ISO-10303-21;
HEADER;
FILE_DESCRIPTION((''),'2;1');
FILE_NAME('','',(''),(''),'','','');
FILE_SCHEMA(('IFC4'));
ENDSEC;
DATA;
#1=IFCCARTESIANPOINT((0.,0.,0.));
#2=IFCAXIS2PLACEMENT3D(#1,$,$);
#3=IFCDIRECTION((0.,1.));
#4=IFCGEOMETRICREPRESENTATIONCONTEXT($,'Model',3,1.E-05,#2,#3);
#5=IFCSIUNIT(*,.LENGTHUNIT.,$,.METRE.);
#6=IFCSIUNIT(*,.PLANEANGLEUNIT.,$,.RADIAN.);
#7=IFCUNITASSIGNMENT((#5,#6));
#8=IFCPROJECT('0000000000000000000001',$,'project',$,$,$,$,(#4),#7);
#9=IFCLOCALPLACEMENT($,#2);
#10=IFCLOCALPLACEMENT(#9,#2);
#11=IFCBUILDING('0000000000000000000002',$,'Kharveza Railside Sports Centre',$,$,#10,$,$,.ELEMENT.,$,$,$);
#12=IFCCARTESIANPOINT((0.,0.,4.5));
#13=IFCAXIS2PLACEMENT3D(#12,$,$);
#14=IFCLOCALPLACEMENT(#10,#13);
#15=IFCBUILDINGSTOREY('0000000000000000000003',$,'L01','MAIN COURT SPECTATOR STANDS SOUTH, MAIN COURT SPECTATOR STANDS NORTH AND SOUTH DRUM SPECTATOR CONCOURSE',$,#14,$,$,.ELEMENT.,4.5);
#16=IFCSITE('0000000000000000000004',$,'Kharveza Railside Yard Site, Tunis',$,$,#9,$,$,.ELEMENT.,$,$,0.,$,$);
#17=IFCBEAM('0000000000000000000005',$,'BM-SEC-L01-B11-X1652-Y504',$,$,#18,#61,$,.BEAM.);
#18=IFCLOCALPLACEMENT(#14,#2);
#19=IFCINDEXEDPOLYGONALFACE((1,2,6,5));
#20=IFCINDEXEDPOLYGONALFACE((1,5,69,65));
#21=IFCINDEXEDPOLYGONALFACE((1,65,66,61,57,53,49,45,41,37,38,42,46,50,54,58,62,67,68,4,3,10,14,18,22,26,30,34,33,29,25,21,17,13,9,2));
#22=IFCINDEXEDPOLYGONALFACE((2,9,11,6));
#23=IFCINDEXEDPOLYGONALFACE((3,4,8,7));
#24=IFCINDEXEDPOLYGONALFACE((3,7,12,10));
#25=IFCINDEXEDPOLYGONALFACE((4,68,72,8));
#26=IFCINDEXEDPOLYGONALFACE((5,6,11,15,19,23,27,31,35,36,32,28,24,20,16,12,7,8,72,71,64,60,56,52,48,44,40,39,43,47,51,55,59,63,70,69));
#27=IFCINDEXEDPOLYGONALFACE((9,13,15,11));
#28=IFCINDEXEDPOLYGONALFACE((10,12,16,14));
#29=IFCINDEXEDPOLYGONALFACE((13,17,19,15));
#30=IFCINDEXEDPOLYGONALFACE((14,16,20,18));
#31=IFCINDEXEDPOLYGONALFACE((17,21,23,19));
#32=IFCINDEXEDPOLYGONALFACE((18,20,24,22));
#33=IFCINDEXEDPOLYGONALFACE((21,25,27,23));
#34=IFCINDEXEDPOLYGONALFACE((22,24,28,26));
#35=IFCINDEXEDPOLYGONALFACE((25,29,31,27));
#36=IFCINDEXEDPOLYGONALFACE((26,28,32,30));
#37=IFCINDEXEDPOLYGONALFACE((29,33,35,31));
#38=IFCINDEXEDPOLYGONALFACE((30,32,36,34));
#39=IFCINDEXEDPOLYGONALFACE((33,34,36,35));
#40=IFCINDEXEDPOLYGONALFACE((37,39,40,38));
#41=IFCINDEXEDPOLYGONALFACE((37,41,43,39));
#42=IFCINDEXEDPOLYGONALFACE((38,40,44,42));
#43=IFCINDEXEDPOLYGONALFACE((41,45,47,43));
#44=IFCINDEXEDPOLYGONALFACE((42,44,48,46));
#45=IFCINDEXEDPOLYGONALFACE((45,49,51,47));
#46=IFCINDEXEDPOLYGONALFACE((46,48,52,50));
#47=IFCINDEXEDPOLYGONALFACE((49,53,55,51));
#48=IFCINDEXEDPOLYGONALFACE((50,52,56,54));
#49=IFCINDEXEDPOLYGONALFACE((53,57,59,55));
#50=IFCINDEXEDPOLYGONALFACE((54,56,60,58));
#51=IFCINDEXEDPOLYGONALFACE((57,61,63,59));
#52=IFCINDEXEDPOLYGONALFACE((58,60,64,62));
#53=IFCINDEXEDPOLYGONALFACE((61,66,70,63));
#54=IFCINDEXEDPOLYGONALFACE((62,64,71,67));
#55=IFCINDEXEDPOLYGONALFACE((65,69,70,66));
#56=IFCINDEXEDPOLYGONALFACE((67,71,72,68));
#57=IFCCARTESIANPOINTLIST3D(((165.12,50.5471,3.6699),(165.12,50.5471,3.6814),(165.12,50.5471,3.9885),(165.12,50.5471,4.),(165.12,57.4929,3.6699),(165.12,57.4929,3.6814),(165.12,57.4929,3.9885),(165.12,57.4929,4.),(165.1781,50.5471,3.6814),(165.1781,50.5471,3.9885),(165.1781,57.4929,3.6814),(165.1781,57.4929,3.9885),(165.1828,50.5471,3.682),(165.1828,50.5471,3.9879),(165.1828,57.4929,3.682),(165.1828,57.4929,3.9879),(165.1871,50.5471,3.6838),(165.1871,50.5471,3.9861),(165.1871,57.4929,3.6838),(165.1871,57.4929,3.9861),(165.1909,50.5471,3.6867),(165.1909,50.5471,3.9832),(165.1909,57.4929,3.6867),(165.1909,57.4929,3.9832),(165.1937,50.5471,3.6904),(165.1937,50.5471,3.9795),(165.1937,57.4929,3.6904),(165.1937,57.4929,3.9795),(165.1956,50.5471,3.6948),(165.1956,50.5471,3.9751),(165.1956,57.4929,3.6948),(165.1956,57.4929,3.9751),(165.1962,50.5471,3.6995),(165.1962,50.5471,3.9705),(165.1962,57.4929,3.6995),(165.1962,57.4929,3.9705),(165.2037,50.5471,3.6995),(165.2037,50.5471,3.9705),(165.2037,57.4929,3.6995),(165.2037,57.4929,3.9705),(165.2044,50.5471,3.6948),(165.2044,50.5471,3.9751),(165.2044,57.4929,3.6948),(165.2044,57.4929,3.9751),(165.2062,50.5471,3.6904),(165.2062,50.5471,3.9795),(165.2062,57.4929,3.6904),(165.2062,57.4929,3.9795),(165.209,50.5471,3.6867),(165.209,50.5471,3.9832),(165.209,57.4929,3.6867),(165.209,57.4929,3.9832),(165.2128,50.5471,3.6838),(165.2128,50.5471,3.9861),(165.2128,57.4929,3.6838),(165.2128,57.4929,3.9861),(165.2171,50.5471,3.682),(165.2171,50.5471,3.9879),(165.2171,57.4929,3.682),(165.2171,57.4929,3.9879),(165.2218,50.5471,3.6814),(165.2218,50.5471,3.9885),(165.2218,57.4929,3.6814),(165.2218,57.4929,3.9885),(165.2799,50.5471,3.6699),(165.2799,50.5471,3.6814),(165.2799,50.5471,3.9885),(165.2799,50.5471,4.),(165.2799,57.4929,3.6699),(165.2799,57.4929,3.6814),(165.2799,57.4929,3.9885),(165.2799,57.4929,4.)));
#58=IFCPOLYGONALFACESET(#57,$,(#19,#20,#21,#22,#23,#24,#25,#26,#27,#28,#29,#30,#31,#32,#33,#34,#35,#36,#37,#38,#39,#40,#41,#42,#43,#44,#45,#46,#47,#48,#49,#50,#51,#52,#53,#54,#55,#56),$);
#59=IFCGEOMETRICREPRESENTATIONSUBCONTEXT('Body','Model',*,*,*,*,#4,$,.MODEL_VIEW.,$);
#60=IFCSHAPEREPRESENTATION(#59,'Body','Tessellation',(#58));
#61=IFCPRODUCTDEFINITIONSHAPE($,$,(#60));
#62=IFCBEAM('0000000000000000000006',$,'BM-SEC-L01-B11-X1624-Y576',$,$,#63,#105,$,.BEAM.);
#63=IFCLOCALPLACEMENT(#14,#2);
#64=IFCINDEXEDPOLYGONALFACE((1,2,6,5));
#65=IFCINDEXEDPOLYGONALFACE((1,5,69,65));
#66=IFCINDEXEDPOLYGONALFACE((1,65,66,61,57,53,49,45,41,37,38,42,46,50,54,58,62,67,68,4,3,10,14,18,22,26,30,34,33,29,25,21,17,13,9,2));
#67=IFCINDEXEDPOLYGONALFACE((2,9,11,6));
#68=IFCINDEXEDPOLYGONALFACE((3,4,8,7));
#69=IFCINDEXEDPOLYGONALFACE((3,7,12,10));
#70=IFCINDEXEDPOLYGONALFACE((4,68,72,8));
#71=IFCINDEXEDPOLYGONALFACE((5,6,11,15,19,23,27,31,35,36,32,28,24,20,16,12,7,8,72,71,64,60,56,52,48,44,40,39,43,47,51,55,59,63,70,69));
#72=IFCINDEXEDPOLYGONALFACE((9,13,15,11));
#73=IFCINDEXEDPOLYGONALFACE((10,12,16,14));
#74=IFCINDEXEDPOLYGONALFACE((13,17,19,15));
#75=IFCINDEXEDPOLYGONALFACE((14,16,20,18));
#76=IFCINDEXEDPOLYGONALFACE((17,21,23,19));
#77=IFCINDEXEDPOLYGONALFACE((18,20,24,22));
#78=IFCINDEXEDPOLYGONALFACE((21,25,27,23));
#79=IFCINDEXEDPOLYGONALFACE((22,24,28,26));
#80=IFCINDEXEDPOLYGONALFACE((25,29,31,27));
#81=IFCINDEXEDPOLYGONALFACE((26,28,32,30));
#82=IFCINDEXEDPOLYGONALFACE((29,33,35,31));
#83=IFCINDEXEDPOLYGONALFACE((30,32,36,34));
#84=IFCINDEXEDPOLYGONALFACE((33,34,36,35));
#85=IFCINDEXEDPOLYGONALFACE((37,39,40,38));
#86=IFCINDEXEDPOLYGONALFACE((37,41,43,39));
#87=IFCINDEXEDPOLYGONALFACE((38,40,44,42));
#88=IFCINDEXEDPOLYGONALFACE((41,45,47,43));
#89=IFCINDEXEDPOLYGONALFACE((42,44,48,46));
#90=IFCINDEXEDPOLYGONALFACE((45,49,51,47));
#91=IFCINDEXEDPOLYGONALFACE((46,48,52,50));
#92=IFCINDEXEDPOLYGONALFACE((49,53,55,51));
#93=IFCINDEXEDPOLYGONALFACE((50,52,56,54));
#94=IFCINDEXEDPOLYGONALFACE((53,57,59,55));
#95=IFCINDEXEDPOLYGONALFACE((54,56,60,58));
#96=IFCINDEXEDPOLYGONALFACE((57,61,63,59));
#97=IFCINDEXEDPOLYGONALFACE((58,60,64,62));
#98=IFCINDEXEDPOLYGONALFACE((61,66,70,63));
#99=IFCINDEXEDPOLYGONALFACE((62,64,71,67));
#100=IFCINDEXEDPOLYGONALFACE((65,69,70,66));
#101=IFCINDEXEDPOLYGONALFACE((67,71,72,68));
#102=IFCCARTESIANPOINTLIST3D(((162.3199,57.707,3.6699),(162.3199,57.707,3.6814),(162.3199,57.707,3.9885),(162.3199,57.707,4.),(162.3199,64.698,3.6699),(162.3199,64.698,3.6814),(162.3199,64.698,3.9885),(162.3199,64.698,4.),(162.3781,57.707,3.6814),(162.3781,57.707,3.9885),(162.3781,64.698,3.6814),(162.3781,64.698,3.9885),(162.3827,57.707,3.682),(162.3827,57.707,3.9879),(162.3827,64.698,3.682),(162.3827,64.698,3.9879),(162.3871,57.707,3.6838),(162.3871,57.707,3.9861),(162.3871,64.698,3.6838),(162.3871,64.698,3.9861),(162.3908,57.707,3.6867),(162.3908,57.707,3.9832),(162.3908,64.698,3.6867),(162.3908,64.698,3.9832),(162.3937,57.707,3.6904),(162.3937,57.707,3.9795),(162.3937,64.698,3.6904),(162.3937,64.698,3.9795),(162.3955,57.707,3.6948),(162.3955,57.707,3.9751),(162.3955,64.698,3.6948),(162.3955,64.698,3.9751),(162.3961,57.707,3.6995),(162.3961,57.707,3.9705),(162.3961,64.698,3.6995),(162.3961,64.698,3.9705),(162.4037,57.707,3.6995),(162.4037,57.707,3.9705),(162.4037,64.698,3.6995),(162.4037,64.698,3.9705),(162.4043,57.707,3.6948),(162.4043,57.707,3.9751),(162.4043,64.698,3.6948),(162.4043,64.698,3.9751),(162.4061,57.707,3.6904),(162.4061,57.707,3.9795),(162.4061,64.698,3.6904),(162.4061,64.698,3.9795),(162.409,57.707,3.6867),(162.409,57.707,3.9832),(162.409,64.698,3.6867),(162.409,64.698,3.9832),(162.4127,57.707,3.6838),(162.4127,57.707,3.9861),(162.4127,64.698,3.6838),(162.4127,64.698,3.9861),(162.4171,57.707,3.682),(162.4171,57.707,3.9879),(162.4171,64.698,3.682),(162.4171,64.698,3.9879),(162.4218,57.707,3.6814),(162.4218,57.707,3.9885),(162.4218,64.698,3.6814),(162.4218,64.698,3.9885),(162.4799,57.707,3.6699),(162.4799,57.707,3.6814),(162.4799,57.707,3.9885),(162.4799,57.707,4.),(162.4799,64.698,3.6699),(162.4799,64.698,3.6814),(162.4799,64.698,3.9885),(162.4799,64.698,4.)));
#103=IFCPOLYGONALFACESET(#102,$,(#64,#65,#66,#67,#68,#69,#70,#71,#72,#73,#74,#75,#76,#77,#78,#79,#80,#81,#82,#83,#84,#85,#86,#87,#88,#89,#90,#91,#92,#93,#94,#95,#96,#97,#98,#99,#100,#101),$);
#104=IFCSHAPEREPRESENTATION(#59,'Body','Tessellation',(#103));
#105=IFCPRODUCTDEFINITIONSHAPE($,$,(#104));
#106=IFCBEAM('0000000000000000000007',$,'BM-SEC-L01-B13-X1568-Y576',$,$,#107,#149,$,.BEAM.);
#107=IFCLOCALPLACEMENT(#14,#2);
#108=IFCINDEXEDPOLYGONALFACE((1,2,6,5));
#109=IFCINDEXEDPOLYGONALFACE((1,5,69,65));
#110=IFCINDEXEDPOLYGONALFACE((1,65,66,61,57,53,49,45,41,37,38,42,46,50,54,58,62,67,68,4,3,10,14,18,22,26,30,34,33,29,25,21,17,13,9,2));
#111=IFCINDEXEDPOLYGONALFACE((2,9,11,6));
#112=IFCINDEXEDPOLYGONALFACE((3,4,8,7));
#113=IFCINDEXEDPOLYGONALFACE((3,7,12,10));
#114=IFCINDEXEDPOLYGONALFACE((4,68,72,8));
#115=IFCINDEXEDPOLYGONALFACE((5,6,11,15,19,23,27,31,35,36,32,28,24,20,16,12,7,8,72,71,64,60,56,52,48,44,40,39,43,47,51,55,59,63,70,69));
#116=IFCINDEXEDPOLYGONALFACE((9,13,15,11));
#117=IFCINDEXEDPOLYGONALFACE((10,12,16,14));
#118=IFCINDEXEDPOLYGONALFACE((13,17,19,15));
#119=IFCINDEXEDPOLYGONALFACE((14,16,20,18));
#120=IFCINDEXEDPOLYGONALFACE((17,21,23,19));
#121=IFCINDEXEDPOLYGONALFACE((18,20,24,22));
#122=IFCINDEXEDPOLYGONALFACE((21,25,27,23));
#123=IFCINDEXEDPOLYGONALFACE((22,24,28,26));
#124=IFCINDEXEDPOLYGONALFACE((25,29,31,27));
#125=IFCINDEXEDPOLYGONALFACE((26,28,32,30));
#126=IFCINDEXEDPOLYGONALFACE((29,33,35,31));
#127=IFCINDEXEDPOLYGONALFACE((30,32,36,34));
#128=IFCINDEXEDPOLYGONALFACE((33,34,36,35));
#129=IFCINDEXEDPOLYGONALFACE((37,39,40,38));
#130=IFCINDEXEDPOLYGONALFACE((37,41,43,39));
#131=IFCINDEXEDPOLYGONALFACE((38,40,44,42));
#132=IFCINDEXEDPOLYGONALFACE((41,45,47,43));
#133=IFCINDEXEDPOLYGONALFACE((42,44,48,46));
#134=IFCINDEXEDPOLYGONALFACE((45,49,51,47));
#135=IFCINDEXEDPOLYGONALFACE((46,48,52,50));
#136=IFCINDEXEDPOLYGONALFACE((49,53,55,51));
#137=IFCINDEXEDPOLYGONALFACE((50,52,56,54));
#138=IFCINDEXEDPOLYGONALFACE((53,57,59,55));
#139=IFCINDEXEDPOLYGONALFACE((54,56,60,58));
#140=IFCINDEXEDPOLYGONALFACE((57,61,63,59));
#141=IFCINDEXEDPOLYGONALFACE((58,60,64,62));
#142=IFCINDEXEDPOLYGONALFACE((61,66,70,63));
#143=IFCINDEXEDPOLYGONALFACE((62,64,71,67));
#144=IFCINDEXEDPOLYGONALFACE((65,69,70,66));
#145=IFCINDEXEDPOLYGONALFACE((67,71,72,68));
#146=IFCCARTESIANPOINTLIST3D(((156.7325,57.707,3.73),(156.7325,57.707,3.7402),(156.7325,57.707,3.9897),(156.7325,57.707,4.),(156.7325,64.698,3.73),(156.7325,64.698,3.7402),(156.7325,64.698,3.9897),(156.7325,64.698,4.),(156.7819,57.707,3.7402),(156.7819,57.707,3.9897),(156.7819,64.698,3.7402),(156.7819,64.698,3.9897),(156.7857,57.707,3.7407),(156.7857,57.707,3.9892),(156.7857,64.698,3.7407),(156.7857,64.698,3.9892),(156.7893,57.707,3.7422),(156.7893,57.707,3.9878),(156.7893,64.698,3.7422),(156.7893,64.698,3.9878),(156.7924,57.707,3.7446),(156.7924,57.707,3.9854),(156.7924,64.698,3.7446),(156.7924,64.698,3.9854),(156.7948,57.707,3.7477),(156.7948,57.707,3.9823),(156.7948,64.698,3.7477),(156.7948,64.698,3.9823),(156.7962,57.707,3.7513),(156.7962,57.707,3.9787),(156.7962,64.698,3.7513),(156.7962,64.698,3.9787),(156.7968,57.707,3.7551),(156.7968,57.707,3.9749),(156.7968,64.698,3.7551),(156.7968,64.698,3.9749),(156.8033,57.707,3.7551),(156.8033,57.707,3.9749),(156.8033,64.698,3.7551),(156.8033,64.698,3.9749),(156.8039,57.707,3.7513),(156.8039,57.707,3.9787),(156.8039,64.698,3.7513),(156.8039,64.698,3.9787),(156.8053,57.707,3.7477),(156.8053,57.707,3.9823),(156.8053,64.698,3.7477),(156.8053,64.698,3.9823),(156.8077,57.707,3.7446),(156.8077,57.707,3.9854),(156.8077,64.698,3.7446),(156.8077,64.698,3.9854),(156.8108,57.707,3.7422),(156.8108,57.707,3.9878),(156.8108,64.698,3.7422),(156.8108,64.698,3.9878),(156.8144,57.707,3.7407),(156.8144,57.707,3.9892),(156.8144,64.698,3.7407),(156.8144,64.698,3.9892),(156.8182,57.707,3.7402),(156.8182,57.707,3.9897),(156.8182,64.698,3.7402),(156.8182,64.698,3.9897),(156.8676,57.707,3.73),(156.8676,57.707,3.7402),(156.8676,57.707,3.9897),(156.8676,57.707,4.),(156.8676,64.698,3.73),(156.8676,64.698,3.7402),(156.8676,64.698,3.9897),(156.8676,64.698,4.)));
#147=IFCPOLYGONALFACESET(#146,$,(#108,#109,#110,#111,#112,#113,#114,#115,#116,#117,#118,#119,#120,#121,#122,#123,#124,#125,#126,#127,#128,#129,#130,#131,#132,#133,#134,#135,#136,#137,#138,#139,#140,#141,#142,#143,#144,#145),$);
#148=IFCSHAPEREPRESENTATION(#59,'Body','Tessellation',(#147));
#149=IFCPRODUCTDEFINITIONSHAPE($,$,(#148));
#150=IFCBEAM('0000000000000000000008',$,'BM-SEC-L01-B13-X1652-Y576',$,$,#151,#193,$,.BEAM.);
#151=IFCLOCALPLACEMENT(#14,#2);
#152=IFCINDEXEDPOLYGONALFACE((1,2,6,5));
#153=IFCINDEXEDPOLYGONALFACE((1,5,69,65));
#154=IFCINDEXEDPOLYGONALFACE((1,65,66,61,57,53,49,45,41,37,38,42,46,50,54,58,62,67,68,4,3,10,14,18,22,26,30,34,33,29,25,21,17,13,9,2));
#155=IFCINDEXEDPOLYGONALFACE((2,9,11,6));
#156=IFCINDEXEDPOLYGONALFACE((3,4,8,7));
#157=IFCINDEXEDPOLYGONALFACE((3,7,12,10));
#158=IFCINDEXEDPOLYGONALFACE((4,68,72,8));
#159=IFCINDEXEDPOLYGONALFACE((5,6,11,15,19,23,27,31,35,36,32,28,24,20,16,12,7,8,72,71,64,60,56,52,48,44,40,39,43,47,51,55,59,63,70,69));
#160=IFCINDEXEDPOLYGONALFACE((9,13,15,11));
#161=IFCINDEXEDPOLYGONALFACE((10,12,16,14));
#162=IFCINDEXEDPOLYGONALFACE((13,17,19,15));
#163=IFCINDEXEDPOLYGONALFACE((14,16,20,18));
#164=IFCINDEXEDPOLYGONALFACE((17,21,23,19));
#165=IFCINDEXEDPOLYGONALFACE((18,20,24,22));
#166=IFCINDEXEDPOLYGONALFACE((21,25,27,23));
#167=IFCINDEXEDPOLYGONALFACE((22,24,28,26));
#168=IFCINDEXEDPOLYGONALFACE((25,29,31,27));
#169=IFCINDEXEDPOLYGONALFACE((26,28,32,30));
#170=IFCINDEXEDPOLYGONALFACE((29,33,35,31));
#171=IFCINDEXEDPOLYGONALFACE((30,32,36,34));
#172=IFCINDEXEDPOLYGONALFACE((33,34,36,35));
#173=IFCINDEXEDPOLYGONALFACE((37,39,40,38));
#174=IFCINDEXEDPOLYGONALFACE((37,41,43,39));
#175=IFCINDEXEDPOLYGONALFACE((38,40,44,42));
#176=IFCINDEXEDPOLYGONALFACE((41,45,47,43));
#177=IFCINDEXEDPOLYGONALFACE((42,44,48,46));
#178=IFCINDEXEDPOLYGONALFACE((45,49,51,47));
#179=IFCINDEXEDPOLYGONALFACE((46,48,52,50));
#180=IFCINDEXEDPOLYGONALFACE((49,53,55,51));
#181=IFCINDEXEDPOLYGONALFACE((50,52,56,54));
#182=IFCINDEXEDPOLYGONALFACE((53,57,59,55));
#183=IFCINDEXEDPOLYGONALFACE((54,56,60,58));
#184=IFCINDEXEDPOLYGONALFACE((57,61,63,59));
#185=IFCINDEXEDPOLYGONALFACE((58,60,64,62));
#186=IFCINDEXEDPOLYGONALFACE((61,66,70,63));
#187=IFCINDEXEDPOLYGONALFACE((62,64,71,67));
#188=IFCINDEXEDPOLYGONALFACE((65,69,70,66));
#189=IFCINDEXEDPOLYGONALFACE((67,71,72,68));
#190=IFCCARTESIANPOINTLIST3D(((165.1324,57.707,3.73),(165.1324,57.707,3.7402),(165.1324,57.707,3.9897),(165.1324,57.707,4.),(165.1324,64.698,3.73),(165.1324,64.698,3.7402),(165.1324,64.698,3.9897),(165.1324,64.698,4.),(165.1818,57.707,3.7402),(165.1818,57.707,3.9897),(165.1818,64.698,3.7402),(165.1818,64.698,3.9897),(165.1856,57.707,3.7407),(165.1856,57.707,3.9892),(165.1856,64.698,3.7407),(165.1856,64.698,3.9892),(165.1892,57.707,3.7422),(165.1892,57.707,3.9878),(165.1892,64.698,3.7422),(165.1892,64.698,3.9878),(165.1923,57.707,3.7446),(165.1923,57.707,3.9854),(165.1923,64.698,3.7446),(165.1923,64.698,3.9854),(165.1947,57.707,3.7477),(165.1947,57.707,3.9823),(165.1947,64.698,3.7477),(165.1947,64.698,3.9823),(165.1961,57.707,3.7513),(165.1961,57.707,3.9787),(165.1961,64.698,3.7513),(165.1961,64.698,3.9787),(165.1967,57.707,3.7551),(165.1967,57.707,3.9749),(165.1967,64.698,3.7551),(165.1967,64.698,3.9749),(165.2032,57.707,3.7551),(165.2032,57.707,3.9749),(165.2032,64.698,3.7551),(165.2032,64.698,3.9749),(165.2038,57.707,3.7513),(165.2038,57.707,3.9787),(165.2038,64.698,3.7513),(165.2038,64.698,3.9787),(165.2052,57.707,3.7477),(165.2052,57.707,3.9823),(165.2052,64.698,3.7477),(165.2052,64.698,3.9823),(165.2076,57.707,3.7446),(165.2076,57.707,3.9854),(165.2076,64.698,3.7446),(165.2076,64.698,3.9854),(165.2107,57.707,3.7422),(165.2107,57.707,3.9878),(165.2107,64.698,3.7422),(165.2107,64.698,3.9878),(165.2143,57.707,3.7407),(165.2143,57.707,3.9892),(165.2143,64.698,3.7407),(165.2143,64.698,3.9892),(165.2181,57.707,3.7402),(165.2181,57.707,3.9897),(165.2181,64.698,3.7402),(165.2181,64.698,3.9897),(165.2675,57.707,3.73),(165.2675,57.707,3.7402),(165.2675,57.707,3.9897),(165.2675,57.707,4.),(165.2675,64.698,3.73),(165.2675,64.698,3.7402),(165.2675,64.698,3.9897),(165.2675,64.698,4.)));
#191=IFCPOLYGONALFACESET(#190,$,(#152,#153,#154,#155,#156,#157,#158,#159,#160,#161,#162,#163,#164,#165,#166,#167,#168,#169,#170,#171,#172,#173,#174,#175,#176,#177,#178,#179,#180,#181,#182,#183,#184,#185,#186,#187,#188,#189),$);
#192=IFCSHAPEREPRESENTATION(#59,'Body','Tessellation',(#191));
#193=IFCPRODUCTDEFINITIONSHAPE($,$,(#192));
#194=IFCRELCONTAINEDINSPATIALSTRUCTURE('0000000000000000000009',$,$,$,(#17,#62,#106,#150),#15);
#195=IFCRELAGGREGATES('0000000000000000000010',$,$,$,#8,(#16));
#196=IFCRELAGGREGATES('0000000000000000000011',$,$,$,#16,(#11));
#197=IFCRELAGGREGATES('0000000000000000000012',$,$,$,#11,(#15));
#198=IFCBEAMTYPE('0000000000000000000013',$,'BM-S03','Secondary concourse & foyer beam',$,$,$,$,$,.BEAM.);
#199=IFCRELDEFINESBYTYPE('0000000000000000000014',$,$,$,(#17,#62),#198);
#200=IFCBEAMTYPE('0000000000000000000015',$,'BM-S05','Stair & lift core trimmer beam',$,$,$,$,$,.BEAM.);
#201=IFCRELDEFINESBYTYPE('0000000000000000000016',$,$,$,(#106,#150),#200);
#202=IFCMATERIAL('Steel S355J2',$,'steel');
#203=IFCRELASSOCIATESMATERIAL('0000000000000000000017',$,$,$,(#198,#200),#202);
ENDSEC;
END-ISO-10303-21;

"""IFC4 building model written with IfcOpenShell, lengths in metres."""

from ifc_helpers import new_model, si_unit, direction, frame, origin, origin_2d, place, context, subcontext, project, spatial, i_section, extrude, material, material_profile, profile_set, type_object, element, save


model = new_model("IFC4")

# Units and contexts
model_context = context("Model", 3, precision=1e-05, world=origin(), true_north=direction((0.0, 1.0)))
body_context = subcontext(model_context, "Body", "Model", "MODEL_VIEW")
ifc_project = project(units=[si_unit("LENGTHUNIT", "METRE"), si_unit("PLANEANGLEUNIT", "RADIAN")], contexts=[model_context])

# Site, building, storey
site_placement = place(None, origin())
site = spatial("IfcSite", under=ifc_project, at=site_placement, Name="Kharveza Railside Yard Site, Tunis", CompositionType="ELEMENT", RefElevation=0.0)
building_placement = place(site_placement, origin())
building = spatial("IfcBuilding", under=site, at=building_placement, Name="Kharveza Railside Sports Centre", CompositionType="ELEMENT")
storey_placement = place(building_placement, frame((0.0, 0.0, 4.5)))
storey = spatial("IfcBuildingStorey", under=building, at=storey_placement, Name="L01", Description="MAIN COURT SPECTATOR STANDS SOUTH, MAIN COURT SPECTATOR STANDS NORTH AND SOUTH DRUM SPECTATOR CONCOURSE", CompositionType="ELEMENT", Elevation=4.5)

# Shared definitions
ifc_material_1 = material(Name="Steel S355J2", Category="steel")

# Beams
ifc_material_profile_1 = material_profile(ifc_material_1, i_section(OverallWidth=0.1599, OverallDepth=0.3301, WebThickness=0.0076, FlangeThickness=0.0115, FilletRadius=0.0181, at=origin_2d()), Name="IPE 330")
ifc_profile_set_1 = profile_set([ifc_material_profile_1], Name="Steel S355J2")
beam_type_1 = type_object("IfcBeamType", Name="BM-S03", Description="Secondary concourse & foyer beam", PredefinedType="BEAM", material=ifc_profile_set_1)
beam_1_placement = place(storey_placement, frame((165.2, 50.5471, 3.835), z_axis=(0.0, 1.0, 0.0), x_axis=(-1.0, 0.0, 0.0)))
element("IfcBeam", 1, at=beam_1_placement, inside=storey, type_object=beam_type_1, Name="BM-SEC-L01-B11-X1652-Y504", PredefinedType="BEAM", context=body_context, shape_type="SweptSolid", body=[
    extrude(i_section(OverallWidth=0.1599, OverallDepth=0.3301, WebThickness=0.0076, FlangeThickness=0.0115, FilletRadius=0.0181, at=origin_2d()), origin(), (0.0, 0.0, 1.0), 6.9458),
])
beam_2_placement = place(storey_placement, frame((162.3999, 57.707, 3.835), z_axis=(0.0, 1.0, 0.0), x_axis=(-1.0, 0.0, 0.0)))
element("IfcBeam", 2, at=beam_2_placement, inside=storey, type_object=beam_type_1, Name="BM-SEC-L01-B11-X1624-Y576", PredefinedType="BEAM", context=body_context, shape_type="SweptSolid", body=[
    extrude(i_section(OverallWidth=0.1599, OverallDepth=0.3301, WebThickness=0.0076, FlangeThickness=0.0115, FilletRadius=0.0181, at=origin_2d()), origin(), (0.0, 0.0, 1.0), 6.991),
])
ifc_material_profile_2 = material_profile(ifc_material_1, i_section(OverallWidth=0.135, OverallDepth=0.27, WebThickness=0.0066, FlangeThickness=0.0103, FilletRadius=0.0149, at=origin_2d()), Name="IPE 270")
ifc_profile_set_2 = profile_set([ifc_material_profile_2], Name="Steel S355J2")
beam_type_2 = type_object("IfcBeamType", Name="BM-S05", Description="Stair & lift core trimmer beam", PredefinedType="BEAM", material=ifc_profile_set_2)
for number, where, z_axis, x_axis, name in (
    (3, (156.8, 57.707, 3.865), (0.0, 1.0, 0.0), (-1.0, 0.0, 0.0), "BM-SEC-L01-B13-X1568-Y576"),
    (4, (165.2, 57.707, 3.865), (0.0, 1.0, 0.0), (-1.0, 0.0, 0.0), "BM-SEC-L01-B13-X1652-Y576"),
):
    element("IfcBeam", number, at=place(storey_placement, frame(where, z_axis=z_axis, x_axis=x_axis)), inside=storey, type_object=beam_type_2, Name=name, PredefinedType="BEAM", context=body_context, shape_type="SweptSolid", body=[
        extrude(i_section(OverallWidth=0.135, OverallDepth=0.27, WebThickness=0.0066, FlangeThickness=0.0103, FilletRadius=0.0149, at=origin_2d()), origin(), (0.0, 0.0, 1.0), 6.991),
    ])

save(model, "model.ifc")
